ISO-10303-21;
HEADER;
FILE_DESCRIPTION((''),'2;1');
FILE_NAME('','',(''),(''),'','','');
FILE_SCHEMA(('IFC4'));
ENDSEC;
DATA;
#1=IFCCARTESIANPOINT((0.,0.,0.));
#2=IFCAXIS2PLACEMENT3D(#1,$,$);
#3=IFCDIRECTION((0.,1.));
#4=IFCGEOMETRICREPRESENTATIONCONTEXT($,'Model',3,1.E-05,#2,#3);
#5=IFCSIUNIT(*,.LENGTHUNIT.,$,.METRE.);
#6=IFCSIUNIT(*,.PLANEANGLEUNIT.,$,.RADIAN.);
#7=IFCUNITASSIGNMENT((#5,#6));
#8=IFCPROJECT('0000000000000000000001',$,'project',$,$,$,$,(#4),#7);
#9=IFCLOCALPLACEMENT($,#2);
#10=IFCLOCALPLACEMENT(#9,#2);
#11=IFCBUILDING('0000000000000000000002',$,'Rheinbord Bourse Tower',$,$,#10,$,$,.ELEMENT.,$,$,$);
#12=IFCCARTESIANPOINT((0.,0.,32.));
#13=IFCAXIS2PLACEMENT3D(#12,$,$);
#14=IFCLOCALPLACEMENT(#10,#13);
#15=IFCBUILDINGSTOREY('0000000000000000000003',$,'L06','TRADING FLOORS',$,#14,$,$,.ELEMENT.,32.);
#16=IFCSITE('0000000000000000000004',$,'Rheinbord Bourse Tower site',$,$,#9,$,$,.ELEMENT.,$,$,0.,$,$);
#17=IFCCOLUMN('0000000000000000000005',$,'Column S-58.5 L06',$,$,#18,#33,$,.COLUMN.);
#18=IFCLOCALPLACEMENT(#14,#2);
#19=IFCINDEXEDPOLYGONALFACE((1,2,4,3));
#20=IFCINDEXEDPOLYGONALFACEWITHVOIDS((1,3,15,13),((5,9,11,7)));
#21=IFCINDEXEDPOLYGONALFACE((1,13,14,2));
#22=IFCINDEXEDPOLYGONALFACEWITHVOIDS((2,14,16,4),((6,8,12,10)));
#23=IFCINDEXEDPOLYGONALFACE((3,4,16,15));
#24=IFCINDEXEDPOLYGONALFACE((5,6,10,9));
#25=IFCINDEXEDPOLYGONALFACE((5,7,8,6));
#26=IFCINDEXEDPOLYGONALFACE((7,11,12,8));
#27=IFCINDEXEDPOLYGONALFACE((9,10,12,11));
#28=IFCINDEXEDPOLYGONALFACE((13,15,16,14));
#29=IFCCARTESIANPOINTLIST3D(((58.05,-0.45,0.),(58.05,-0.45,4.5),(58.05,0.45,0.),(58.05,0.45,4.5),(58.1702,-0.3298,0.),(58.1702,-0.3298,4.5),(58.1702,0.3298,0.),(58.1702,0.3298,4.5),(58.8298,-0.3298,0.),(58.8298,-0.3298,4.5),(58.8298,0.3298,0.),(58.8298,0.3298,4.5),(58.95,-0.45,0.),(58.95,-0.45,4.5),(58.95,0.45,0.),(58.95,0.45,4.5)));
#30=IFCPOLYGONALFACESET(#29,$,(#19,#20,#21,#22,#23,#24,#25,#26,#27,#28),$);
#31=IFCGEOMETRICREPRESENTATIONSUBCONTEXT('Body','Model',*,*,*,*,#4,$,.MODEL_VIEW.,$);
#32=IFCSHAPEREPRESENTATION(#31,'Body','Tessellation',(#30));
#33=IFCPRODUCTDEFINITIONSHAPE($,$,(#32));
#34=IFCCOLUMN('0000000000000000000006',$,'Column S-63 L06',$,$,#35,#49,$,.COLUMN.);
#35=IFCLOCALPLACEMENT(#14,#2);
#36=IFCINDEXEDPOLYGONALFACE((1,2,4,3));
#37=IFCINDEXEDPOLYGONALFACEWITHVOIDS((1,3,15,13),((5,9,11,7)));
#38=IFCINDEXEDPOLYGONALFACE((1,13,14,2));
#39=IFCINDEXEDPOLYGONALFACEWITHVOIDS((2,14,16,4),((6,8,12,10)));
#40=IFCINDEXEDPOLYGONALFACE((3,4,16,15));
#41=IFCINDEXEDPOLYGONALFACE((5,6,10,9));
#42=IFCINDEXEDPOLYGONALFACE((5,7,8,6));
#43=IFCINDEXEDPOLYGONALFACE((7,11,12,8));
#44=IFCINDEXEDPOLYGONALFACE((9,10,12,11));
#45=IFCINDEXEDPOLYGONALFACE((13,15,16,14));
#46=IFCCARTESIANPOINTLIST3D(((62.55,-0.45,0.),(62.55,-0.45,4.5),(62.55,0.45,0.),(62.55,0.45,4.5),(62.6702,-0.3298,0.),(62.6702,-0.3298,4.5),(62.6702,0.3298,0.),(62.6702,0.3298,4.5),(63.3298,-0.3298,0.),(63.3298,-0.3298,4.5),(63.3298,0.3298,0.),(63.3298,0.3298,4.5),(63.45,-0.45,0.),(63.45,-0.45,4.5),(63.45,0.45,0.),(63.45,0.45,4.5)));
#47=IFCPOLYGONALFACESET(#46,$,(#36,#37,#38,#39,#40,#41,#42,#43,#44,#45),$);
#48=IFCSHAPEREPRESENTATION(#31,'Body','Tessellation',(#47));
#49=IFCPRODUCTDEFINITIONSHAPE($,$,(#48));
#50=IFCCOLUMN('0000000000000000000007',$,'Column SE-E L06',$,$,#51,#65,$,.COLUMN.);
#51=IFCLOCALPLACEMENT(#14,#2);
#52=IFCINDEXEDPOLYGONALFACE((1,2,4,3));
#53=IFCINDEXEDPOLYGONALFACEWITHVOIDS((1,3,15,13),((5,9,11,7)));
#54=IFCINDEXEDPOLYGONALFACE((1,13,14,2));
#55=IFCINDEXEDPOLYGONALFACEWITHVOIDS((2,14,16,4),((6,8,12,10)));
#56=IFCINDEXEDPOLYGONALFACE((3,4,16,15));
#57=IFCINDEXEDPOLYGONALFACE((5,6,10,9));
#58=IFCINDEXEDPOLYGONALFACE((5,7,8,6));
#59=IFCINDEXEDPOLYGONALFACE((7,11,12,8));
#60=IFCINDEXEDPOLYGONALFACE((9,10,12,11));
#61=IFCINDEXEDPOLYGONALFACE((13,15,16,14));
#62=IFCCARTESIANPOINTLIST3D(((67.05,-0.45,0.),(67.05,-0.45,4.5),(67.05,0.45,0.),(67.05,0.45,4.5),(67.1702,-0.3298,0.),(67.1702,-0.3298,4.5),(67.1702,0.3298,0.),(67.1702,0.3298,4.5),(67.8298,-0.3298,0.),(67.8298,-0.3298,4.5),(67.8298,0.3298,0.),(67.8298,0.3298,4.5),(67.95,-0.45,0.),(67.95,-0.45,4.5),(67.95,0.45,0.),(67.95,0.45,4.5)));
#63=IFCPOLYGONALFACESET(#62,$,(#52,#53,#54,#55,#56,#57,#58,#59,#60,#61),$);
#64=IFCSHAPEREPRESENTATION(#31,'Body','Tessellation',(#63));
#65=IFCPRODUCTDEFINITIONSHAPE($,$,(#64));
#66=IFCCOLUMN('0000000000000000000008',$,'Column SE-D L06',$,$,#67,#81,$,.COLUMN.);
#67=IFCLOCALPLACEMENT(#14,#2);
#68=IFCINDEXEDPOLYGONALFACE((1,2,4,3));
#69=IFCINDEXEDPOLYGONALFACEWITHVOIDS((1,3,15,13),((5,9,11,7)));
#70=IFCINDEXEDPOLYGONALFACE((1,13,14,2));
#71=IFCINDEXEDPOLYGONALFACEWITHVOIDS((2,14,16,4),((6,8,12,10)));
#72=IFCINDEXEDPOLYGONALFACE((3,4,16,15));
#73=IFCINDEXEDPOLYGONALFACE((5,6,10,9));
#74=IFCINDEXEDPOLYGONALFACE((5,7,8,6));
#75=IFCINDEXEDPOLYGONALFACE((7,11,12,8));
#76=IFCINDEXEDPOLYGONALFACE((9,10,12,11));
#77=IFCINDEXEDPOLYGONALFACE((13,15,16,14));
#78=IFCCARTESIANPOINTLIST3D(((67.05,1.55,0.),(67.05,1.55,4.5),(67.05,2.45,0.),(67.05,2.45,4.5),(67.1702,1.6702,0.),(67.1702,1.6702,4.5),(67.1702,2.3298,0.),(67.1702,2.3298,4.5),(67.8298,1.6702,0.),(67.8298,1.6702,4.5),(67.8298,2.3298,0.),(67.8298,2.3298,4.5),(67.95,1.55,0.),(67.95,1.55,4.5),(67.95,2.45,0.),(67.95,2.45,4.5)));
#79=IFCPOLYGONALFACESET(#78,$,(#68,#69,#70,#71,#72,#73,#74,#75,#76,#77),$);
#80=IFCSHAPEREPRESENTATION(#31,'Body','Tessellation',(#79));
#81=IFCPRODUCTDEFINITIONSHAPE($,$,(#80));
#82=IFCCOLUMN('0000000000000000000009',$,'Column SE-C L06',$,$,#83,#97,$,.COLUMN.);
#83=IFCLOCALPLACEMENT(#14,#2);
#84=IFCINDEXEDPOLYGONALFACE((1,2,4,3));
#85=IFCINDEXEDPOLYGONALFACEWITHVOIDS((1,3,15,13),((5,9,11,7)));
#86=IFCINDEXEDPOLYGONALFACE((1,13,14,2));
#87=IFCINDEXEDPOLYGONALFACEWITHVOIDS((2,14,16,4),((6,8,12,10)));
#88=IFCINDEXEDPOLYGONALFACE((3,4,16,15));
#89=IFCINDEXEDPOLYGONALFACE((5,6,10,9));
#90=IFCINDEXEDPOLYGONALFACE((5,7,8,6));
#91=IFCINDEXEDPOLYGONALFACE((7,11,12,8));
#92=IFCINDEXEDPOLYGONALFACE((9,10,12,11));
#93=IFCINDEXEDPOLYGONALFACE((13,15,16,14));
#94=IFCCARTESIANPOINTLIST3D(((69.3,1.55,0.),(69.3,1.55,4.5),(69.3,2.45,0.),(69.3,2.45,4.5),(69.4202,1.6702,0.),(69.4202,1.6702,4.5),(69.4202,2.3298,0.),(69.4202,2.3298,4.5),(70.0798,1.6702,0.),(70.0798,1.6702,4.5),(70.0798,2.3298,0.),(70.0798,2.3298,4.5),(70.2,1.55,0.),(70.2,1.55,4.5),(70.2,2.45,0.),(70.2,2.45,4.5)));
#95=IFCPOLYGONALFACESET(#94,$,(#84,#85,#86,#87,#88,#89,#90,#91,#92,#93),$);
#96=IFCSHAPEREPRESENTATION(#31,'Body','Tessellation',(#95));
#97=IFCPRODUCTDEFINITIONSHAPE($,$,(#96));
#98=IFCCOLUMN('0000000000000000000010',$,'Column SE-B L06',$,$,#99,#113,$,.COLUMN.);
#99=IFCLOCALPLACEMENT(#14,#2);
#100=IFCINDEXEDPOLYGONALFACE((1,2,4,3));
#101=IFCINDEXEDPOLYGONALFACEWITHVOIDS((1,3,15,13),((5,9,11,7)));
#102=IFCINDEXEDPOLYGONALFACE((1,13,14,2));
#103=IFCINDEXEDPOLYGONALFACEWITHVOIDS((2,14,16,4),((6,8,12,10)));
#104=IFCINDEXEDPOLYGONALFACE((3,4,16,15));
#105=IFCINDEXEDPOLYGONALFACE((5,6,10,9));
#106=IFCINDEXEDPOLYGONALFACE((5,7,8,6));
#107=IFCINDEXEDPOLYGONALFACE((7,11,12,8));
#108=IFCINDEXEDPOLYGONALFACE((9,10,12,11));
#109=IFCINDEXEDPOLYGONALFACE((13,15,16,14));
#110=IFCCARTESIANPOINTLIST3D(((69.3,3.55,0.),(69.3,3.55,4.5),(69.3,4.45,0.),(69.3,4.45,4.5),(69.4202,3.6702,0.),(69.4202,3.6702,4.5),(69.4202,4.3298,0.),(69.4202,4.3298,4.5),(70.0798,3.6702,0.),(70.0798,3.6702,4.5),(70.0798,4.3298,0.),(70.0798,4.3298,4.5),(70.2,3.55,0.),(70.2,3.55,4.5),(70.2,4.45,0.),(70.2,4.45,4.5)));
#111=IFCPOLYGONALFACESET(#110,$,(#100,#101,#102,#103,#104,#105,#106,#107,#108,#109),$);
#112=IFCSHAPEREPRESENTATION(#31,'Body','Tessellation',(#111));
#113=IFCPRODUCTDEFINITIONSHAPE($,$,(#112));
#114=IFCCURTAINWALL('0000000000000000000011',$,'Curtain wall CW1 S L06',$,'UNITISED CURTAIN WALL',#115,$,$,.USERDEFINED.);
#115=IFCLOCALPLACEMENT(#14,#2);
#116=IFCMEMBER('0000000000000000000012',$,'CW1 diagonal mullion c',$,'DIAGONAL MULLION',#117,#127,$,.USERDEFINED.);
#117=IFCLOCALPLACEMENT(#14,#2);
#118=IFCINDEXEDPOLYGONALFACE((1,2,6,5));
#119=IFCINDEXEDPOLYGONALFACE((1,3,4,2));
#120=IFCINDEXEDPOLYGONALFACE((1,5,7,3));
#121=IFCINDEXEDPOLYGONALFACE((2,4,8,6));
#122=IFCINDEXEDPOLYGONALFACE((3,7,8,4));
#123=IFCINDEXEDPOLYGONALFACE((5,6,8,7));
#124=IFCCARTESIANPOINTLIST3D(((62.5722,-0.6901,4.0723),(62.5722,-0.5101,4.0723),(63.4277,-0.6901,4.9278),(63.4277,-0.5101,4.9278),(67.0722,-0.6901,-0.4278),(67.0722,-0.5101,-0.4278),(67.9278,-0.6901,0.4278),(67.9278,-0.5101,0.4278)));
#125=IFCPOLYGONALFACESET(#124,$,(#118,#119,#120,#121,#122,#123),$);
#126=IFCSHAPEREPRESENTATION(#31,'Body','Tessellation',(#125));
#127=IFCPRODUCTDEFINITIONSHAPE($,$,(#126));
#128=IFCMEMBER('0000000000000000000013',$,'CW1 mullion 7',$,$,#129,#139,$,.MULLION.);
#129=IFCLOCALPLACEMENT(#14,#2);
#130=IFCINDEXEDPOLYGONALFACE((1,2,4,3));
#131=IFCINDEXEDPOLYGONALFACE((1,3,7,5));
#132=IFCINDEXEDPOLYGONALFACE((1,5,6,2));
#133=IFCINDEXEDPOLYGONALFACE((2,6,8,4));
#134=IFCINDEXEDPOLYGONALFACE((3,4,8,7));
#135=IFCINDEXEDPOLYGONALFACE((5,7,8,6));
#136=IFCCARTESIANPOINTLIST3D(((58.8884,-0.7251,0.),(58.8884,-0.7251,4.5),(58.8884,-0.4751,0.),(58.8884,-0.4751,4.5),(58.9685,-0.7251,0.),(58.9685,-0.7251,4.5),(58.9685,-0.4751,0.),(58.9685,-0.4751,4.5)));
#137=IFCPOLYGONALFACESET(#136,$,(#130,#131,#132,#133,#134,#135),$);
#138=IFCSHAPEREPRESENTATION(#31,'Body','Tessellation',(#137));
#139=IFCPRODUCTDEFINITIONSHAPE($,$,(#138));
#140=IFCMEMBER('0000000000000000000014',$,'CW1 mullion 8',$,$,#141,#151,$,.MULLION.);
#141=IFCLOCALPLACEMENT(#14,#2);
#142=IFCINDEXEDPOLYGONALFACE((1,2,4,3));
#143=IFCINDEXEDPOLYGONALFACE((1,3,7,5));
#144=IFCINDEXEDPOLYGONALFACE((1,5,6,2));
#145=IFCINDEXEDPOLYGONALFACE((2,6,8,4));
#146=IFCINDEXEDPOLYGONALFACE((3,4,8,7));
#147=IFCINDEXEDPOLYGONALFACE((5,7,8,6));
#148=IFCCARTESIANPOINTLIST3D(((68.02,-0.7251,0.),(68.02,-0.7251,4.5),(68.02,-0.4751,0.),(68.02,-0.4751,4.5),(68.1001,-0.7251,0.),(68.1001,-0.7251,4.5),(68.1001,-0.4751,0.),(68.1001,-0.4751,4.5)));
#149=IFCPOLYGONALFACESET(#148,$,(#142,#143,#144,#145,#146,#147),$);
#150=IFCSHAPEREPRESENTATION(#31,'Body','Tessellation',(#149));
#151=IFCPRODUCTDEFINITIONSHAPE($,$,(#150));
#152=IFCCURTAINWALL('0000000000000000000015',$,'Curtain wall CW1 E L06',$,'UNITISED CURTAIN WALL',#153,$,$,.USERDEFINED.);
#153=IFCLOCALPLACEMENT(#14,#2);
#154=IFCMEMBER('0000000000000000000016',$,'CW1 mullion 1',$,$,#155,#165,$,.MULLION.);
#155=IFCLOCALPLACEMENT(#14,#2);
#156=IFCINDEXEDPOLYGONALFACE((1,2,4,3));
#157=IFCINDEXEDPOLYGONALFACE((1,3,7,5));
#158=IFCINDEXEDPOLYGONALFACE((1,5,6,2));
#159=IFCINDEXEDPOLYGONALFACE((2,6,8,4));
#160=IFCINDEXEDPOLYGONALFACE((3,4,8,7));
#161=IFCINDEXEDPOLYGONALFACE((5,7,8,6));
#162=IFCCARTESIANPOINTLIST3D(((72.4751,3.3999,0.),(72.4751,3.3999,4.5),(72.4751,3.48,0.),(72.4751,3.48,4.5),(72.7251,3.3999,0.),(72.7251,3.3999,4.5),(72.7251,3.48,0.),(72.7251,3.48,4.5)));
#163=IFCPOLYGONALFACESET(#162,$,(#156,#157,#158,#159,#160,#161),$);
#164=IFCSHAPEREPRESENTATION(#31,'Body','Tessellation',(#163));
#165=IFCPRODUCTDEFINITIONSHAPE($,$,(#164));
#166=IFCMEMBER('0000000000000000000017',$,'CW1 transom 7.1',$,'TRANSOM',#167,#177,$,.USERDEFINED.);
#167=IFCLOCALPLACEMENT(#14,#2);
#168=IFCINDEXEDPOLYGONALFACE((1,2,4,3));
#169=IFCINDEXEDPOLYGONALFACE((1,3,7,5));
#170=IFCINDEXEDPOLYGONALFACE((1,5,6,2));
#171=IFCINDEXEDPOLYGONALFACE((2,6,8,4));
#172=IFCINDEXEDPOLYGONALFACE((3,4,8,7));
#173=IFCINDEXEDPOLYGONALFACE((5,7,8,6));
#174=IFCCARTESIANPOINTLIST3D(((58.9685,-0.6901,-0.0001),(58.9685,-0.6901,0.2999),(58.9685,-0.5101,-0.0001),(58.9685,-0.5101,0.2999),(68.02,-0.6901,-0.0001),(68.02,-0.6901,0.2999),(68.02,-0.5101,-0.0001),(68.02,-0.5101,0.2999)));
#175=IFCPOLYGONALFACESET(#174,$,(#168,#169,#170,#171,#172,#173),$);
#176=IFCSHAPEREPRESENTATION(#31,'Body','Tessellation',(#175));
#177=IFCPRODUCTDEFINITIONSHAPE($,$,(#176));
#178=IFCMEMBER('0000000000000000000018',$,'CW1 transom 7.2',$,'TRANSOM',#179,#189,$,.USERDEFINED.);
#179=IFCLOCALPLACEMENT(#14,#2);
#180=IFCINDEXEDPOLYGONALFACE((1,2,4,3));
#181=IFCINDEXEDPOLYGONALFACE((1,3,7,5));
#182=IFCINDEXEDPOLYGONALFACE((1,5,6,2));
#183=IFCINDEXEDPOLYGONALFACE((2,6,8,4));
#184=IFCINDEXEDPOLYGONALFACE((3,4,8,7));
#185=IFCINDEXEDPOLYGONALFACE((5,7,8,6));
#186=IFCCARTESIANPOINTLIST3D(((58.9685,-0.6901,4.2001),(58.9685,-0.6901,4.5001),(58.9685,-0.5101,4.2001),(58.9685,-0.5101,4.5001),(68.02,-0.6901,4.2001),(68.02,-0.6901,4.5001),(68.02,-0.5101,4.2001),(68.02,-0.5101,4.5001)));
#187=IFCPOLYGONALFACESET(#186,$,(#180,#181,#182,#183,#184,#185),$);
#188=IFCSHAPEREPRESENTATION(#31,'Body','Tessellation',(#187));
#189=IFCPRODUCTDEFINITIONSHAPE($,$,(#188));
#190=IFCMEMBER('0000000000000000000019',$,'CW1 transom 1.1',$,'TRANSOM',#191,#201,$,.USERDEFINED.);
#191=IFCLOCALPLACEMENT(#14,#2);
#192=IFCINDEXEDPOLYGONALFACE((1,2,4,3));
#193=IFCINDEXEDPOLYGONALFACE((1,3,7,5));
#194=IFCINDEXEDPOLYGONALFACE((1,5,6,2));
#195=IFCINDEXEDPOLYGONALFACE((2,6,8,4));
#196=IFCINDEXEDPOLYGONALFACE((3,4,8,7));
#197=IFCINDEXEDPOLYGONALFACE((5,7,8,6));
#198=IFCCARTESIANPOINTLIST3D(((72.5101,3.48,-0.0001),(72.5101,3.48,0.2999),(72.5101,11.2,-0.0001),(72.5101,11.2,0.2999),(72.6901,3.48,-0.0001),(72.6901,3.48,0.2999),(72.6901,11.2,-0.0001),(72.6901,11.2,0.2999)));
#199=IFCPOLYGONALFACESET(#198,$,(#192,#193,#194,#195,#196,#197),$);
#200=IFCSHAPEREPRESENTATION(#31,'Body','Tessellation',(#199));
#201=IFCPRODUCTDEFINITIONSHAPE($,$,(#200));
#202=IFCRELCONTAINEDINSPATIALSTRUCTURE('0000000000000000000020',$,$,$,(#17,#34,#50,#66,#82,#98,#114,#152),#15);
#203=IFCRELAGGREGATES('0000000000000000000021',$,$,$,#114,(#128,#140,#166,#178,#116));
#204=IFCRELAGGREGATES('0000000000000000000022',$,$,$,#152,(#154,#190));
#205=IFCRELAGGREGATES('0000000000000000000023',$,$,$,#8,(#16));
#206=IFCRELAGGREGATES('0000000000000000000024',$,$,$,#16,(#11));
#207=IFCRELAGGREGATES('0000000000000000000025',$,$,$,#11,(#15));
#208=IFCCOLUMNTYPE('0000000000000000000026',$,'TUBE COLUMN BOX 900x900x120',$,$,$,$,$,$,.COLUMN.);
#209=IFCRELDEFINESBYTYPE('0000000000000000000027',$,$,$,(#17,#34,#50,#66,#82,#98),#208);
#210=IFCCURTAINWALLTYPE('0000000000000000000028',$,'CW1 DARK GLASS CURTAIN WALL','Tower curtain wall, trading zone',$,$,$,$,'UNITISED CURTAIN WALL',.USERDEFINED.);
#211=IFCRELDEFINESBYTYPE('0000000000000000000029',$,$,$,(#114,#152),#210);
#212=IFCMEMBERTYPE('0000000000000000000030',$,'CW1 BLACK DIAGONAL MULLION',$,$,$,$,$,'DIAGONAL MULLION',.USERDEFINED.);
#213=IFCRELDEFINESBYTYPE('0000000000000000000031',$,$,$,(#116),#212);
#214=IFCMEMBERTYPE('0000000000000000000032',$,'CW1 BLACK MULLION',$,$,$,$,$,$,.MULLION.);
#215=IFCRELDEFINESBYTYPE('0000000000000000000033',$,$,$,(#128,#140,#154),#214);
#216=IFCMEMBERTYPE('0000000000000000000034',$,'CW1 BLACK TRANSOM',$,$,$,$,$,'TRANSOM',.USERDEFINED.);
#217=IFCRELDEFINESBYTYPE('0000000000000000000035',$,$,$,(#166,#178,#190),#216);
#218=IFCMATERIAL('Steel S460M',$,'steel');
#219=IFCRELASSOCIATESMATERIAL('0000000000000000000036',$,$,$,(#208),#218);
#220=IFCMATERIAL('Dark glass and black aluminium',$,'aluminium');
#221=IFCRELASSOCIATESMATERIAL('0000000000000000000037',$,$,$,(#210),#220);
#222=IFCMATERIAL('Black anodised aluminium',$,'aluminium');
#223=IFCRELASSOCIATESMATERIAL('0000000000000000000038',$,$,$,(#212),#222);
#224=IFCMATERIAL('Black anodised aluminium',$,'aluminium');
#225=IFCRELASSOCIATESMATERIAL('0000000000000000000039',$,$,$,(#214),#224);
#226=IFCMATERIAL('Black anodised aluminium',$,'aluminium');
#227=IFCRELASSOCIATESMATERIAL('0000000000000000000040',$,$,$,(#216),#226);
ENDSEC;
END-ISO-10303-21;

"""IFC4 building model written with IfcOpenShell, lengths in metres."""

from ifc_helpers import new_model, si_unit, direction, frame, origin, origin_2d, place, context, subcontext, project, spatial, rectangle, hollow_rectangle, extrude, material, material_profile, profile_set, type_object, element, aggregate, save


model = new_model("IFC4")

# Units and contexts
model_context = context("Model", 3, precision=1e-05, world=origin(), true_north=direction((0.0, 1.0)))
body_context = subcontext(model_context, "Body", "Model", "MODEL_VIEW")
ifc_project = project(units=[si_unit("LENGTHUNIT", "METRE"), si_unit("PLANEANGLEUNIT", "RADIAN")], contexts=[model_context])

# Site, building, storey
site_placement = place(None, origin())
site = spatial("IfcSite", under=ifc_project, at=site_placement, Name="Rheinbord Bourse Tower site", CompositionType="ELEMENT", RefElevation=0.0)
building_placement = place(site_placement, origin())
building = spatial("IfcBuilding", under=site, at=building_placement, Name="Rheinbord Bourse Tower", CompositionType="ELEMENT")
storey_placement = place(building_placement, frame((0.0, 0.0, 32.0)))
storey = spatial("IfcBuildingStorey", under=building, at=storey_placement, Name="L06", Description="TRADING FLOORS", CompositionType="ELEMENT", Elevation=32.0)

# Columns
ifc_material_1 = material(Name="Steel S460M", Category="steel")
ifc_material_profile_1 = material_profile(ifc_material_1, hollow_rectangle(XDim=0.8999, YDim=0.8999, WallThickness=0.1201, at=origin_2d()), Name="BOX 900x900x120")
ifc_profile_set_1 = profile_set([ifc_material_profile_1], Name="Steel S460M")
column_type = type_object("IfcColumnType", Name="TUBE COLUMN BOX 900x900x120", PredefinedType="COLUMN", material=ifc_profile_set_1)
for number, where, z_axis, x_axis, name in (
    (1, (58.5, 0.0, 0.0), (0.0, 0.0, 1.0), (0.0, 1.0, 0.0), "Column S-58.5 L06"),
    (2, (63.0, 0.0, 0.0), (0.0, 0.0, 1.0), (0.0, 1.0, 0.0), "Column S-63 L06"),
    (3, (67.5, 0.0, 0.0), (0.0, 0.0, 1.0), (0.0, 1.0, 0.0), "Column SE-E L06"),
    (4, (67.5, 2.0, 0.0), (0.0, 0.0, 1.0), (0.0, 1.0, 0.0), "Column SE-D L06"),
    (5, (69.75, 2.0, 0.0), (0.0, 0.0, 1.0), (1.0, 0.0, 0.0), "Column SE-C L06"),
    (6, (69.75, 4.0, 0.0), (0.0, 0.0, 1.0), (1.0, 0.0, 0.0), "Column SE-B L06"),
):
    element("IfcColumn", number, at=place(storey_placement, frame(where, z_axis=z_axis, x_axis=x_axis)), inside=storey, type_object=column_type, Name=name, PredefinedType="COLUMN", context=body_context, shape_type="SweptSolid", body=[
        extrude(hollow_rectangle(XDim=0.8999, YDim=0.8999, WallThickness=0.1201, at=origin_2d()), origin(), (0.0, 0.0, 1.0), 4.5),
    ])

# Curtain wall, members
ifc_material_2 = material(Name="Dark glass and black aluminium", Category="aluminium")
curtain_wall_type = type_object("IfcCurtainWallType", Name="CW1 DARK GLASS CURTAIN WALL", Description="Tower curtain wall, trading zone", ElementType="UNITISED CURTAIN WALL", PredefinedType="USERDEFINED", material=ifc_material_2)
curtain_wall_1_placement = place(storey_placement, origin())
curtain_wall_1 = element("IfcCurtainWall", 7, at=curtain_wall_1_placement, inside=storey, type_object=curtain_wall_type, Name="Curtain wall CW1 S L06", ObjectType="UNITISED CURTAIN WALL", PredefinedType="USERDEFINED")
ifc_material_3 = material(Name="Black anodised aluminium", Category="aluminium")
ifc_material_profile_2 = material_profile(ifc_material_3, rectangle(XDim=0.1799, YDim=1.21, at=origin_2d()), Name="CW1 DIAGONAL MULLION 1210x180")
ifc_profile_set_2 = profile_set([ifc_material_profile_2], Name="Black anodised aluminium")
member_type_1 = type_object("IfcMemberType", Name="CW1 BLACK DIAGONAL MULLION", ElementType="DIAGONAL MULLION", PredefinedType="USERDEFINED", material=ifc_profile_set_2)
member_1_placement = place(storey_placement, frame((67.5, -0.6001, 0.0), z_axis=(-0.707107, 0.0, 0.707107), x_axis=(0.0, -1.0, 0.0)))
member_1 = element("IfcMember", 8, at=member_1_placement, type_object=member_type_1, Name="CW1 diagonal mullion c", ObjectType="DIAGONAL MULLION", PredefinedType="USERDEFINED", context=body_context, shape_type="SweptSolid", body=[
    extrude(rectangle(XDim=0.1799, YDim=1.21, at=origin_2d()), origin(), (0.0, 0.0, 1.0), 6.364),
])
ifc_material_4 = material(Name="Black anodised aluminium", Category="aluminium")
ifc_material_profile_3 = material_profile(ifc_material_4, rectangle(XDim=0.25, YDim=0.0801, at=origin_2d()), Name="CW1 MULLION 80x250")
ifc_profile_set_3 = profile_set([ifc_material_profile_3], Name="Black anodised aluminium")
member_type_2 = type_object("IfcMemberType", Name="CW1 BLACK MULLION", PredefinedType="MULLION", material=ifc_profile_set_3)
member_2_placement = place(storey_placement, frame((58.9285, -0.6001, 0.0), z_axis=(0.0, 0.0, 1.0), x_axis=(0.0, 1.0, 0.0)))
member_2 = element("IfcMember", 9, at=member_2_placement, type_object=member_type_2, Name="CW1 mullion 7", PredefinedType="MULLION", context=body_context, shape_type="SweptSolid", body=[
    extrude(rectangle(XDim=0.25, YDim=0.0801, at=origin_2d()), origin(), (0.0, 0.0, 1.0), 4.5),
])
member_3_placement = place(storey_placement, frame((68.0601, -0.6001, 0.0), z_axis=(0.0, 0.0, 1.0), x_axis=(0.0, 1.0, 0.0)))
member_3 = element("IfcMember", 10, at=member_3_placement, type_object=member_type_2, Name="CW1 mullion 8", PredefinedType="MULLION", context=body_context, shape_type="SweptSolid", body=[
    extrude(rectangle(XDim=0.25, YDim=0.0801, at=origin_2d()), origin(), (0.0, 0.0, 1.0), 4.5),
])

# Curtain wall, member
curtain_wall_2_placement = place(storey_placement, origin())
curtain_wall_2 = element("IfcCurtainWall", 11, at=curtain_wall_2_placement, inside=storey, type_object=curtain_wall_type, Name="Curtain wall CW1 E L06", ObjectType="UNITISED CURTAIN WALL", PredefinedType="USERDEFINED")
member_4_placement = place(storey_placement, frame((72.6001, 3.4399, 0.0), z_axis=(0.0, 0.0, 1.0), x_axis=(-1.0, 0.0, 0.0)))
member_4 = element("IfcMember", 12, at=member_4_placement, type_object=member_type_2, Name="CW1 mullion 1", PredefinedType="MULLION", context=body_context, shape_type="SweptSolid", body=[
    extrude(rectangle(XDim=0.25, YDim=0.0801, at=origin_2d()), origin(), (0.0, 0.0, 1.0), 4.5),
])

# Members
ifc_material_5 = material(Name="Black anodised aluminium", Category="aluminium")
ifc_material_profile_4 = material_profile(ifc_material_5, rectangle(XDim=0.1799, YDim=0.3, at=origin_2d()), Name="CW1 TRANSOM 300x180")
ifc_profile_set_4 = profile_set([ifc_material_profile_4], Name="Black anodised aluminium")
member_type_3 = type_object("IfcMemberType", Name="CW1 BLACK TRANSOM", ElementType="TRANSOM", PredefinedType="USERDEFINED", material=ifc_profile_set_4)
member_5_placement = place(storey_placement, frame((58.9685, -0.6001, 0.1499), z_axis=(1.0, 0.0, 0.0), x_axis=(0.0, 1.0, 0.0)))
member_5 = element("IfcMember", 13, at=member_5_placement, type_object=member_type_3, Name="CW1 transom 7.1", ObjectType="TRANSOM", PredefinedType="USERDEFINED", context=body_context, shape_type="SweptSolid", body=[
    extrude(rectangle(XDim=0.1799, YDim=0.3, at=origin_2d()), origin(), (0.0, 0.0, 1.0), 9.0515),
])
member_6_placement = place(storey_placement, frame((58.9685, -0.6001, 4.3501), z_axis=(1.0, 0.0, 0.0), x_axis=(0.0, 1.0, 0.0)))
member_6 = element("IfcMember", 14, at=member_6_placement, type_object=member_type_3, Name="CW1 transom 7.2", ObjectType="TRANSOM", PredefinedType="USERDEFINED", context=body_context, shape_type="SweptSolid", body=[
    extrude(rectangle(XDim=0.1799, YDim=0.3, at=origin_2d()), origin(), (0.0, 0.0, 1.0), 9.0515),
])
member_7_placement = place(storey_placement, frame((72.6001, 3.48, 0.1499), z_axis=(0.0, 1.0, 0.0), x_axis=(-1.0, 0.0, 0.0)))
member_7 = element("IfcMember", 15, at=member_7_placement, type_object=member_type_3, Name="CW1 transom 1.1", ObjectType="TRANSOM", PredefinedType="USERDEFINED", context=body_context, shape_type="SweptSolid", body=[
    extrude(rectangle(XDim=0.1799, YDim=0.3, at=origin_2d()), origin(), (0.0, 0.0, 1.0), 7.72),
])

aggregate(curtain_wall_1, [member_2, member_3, member_5, member_6, member_1])
aggregate(curtain_wall_2, [member_4, member_7])

save(model, "model.ifc")
